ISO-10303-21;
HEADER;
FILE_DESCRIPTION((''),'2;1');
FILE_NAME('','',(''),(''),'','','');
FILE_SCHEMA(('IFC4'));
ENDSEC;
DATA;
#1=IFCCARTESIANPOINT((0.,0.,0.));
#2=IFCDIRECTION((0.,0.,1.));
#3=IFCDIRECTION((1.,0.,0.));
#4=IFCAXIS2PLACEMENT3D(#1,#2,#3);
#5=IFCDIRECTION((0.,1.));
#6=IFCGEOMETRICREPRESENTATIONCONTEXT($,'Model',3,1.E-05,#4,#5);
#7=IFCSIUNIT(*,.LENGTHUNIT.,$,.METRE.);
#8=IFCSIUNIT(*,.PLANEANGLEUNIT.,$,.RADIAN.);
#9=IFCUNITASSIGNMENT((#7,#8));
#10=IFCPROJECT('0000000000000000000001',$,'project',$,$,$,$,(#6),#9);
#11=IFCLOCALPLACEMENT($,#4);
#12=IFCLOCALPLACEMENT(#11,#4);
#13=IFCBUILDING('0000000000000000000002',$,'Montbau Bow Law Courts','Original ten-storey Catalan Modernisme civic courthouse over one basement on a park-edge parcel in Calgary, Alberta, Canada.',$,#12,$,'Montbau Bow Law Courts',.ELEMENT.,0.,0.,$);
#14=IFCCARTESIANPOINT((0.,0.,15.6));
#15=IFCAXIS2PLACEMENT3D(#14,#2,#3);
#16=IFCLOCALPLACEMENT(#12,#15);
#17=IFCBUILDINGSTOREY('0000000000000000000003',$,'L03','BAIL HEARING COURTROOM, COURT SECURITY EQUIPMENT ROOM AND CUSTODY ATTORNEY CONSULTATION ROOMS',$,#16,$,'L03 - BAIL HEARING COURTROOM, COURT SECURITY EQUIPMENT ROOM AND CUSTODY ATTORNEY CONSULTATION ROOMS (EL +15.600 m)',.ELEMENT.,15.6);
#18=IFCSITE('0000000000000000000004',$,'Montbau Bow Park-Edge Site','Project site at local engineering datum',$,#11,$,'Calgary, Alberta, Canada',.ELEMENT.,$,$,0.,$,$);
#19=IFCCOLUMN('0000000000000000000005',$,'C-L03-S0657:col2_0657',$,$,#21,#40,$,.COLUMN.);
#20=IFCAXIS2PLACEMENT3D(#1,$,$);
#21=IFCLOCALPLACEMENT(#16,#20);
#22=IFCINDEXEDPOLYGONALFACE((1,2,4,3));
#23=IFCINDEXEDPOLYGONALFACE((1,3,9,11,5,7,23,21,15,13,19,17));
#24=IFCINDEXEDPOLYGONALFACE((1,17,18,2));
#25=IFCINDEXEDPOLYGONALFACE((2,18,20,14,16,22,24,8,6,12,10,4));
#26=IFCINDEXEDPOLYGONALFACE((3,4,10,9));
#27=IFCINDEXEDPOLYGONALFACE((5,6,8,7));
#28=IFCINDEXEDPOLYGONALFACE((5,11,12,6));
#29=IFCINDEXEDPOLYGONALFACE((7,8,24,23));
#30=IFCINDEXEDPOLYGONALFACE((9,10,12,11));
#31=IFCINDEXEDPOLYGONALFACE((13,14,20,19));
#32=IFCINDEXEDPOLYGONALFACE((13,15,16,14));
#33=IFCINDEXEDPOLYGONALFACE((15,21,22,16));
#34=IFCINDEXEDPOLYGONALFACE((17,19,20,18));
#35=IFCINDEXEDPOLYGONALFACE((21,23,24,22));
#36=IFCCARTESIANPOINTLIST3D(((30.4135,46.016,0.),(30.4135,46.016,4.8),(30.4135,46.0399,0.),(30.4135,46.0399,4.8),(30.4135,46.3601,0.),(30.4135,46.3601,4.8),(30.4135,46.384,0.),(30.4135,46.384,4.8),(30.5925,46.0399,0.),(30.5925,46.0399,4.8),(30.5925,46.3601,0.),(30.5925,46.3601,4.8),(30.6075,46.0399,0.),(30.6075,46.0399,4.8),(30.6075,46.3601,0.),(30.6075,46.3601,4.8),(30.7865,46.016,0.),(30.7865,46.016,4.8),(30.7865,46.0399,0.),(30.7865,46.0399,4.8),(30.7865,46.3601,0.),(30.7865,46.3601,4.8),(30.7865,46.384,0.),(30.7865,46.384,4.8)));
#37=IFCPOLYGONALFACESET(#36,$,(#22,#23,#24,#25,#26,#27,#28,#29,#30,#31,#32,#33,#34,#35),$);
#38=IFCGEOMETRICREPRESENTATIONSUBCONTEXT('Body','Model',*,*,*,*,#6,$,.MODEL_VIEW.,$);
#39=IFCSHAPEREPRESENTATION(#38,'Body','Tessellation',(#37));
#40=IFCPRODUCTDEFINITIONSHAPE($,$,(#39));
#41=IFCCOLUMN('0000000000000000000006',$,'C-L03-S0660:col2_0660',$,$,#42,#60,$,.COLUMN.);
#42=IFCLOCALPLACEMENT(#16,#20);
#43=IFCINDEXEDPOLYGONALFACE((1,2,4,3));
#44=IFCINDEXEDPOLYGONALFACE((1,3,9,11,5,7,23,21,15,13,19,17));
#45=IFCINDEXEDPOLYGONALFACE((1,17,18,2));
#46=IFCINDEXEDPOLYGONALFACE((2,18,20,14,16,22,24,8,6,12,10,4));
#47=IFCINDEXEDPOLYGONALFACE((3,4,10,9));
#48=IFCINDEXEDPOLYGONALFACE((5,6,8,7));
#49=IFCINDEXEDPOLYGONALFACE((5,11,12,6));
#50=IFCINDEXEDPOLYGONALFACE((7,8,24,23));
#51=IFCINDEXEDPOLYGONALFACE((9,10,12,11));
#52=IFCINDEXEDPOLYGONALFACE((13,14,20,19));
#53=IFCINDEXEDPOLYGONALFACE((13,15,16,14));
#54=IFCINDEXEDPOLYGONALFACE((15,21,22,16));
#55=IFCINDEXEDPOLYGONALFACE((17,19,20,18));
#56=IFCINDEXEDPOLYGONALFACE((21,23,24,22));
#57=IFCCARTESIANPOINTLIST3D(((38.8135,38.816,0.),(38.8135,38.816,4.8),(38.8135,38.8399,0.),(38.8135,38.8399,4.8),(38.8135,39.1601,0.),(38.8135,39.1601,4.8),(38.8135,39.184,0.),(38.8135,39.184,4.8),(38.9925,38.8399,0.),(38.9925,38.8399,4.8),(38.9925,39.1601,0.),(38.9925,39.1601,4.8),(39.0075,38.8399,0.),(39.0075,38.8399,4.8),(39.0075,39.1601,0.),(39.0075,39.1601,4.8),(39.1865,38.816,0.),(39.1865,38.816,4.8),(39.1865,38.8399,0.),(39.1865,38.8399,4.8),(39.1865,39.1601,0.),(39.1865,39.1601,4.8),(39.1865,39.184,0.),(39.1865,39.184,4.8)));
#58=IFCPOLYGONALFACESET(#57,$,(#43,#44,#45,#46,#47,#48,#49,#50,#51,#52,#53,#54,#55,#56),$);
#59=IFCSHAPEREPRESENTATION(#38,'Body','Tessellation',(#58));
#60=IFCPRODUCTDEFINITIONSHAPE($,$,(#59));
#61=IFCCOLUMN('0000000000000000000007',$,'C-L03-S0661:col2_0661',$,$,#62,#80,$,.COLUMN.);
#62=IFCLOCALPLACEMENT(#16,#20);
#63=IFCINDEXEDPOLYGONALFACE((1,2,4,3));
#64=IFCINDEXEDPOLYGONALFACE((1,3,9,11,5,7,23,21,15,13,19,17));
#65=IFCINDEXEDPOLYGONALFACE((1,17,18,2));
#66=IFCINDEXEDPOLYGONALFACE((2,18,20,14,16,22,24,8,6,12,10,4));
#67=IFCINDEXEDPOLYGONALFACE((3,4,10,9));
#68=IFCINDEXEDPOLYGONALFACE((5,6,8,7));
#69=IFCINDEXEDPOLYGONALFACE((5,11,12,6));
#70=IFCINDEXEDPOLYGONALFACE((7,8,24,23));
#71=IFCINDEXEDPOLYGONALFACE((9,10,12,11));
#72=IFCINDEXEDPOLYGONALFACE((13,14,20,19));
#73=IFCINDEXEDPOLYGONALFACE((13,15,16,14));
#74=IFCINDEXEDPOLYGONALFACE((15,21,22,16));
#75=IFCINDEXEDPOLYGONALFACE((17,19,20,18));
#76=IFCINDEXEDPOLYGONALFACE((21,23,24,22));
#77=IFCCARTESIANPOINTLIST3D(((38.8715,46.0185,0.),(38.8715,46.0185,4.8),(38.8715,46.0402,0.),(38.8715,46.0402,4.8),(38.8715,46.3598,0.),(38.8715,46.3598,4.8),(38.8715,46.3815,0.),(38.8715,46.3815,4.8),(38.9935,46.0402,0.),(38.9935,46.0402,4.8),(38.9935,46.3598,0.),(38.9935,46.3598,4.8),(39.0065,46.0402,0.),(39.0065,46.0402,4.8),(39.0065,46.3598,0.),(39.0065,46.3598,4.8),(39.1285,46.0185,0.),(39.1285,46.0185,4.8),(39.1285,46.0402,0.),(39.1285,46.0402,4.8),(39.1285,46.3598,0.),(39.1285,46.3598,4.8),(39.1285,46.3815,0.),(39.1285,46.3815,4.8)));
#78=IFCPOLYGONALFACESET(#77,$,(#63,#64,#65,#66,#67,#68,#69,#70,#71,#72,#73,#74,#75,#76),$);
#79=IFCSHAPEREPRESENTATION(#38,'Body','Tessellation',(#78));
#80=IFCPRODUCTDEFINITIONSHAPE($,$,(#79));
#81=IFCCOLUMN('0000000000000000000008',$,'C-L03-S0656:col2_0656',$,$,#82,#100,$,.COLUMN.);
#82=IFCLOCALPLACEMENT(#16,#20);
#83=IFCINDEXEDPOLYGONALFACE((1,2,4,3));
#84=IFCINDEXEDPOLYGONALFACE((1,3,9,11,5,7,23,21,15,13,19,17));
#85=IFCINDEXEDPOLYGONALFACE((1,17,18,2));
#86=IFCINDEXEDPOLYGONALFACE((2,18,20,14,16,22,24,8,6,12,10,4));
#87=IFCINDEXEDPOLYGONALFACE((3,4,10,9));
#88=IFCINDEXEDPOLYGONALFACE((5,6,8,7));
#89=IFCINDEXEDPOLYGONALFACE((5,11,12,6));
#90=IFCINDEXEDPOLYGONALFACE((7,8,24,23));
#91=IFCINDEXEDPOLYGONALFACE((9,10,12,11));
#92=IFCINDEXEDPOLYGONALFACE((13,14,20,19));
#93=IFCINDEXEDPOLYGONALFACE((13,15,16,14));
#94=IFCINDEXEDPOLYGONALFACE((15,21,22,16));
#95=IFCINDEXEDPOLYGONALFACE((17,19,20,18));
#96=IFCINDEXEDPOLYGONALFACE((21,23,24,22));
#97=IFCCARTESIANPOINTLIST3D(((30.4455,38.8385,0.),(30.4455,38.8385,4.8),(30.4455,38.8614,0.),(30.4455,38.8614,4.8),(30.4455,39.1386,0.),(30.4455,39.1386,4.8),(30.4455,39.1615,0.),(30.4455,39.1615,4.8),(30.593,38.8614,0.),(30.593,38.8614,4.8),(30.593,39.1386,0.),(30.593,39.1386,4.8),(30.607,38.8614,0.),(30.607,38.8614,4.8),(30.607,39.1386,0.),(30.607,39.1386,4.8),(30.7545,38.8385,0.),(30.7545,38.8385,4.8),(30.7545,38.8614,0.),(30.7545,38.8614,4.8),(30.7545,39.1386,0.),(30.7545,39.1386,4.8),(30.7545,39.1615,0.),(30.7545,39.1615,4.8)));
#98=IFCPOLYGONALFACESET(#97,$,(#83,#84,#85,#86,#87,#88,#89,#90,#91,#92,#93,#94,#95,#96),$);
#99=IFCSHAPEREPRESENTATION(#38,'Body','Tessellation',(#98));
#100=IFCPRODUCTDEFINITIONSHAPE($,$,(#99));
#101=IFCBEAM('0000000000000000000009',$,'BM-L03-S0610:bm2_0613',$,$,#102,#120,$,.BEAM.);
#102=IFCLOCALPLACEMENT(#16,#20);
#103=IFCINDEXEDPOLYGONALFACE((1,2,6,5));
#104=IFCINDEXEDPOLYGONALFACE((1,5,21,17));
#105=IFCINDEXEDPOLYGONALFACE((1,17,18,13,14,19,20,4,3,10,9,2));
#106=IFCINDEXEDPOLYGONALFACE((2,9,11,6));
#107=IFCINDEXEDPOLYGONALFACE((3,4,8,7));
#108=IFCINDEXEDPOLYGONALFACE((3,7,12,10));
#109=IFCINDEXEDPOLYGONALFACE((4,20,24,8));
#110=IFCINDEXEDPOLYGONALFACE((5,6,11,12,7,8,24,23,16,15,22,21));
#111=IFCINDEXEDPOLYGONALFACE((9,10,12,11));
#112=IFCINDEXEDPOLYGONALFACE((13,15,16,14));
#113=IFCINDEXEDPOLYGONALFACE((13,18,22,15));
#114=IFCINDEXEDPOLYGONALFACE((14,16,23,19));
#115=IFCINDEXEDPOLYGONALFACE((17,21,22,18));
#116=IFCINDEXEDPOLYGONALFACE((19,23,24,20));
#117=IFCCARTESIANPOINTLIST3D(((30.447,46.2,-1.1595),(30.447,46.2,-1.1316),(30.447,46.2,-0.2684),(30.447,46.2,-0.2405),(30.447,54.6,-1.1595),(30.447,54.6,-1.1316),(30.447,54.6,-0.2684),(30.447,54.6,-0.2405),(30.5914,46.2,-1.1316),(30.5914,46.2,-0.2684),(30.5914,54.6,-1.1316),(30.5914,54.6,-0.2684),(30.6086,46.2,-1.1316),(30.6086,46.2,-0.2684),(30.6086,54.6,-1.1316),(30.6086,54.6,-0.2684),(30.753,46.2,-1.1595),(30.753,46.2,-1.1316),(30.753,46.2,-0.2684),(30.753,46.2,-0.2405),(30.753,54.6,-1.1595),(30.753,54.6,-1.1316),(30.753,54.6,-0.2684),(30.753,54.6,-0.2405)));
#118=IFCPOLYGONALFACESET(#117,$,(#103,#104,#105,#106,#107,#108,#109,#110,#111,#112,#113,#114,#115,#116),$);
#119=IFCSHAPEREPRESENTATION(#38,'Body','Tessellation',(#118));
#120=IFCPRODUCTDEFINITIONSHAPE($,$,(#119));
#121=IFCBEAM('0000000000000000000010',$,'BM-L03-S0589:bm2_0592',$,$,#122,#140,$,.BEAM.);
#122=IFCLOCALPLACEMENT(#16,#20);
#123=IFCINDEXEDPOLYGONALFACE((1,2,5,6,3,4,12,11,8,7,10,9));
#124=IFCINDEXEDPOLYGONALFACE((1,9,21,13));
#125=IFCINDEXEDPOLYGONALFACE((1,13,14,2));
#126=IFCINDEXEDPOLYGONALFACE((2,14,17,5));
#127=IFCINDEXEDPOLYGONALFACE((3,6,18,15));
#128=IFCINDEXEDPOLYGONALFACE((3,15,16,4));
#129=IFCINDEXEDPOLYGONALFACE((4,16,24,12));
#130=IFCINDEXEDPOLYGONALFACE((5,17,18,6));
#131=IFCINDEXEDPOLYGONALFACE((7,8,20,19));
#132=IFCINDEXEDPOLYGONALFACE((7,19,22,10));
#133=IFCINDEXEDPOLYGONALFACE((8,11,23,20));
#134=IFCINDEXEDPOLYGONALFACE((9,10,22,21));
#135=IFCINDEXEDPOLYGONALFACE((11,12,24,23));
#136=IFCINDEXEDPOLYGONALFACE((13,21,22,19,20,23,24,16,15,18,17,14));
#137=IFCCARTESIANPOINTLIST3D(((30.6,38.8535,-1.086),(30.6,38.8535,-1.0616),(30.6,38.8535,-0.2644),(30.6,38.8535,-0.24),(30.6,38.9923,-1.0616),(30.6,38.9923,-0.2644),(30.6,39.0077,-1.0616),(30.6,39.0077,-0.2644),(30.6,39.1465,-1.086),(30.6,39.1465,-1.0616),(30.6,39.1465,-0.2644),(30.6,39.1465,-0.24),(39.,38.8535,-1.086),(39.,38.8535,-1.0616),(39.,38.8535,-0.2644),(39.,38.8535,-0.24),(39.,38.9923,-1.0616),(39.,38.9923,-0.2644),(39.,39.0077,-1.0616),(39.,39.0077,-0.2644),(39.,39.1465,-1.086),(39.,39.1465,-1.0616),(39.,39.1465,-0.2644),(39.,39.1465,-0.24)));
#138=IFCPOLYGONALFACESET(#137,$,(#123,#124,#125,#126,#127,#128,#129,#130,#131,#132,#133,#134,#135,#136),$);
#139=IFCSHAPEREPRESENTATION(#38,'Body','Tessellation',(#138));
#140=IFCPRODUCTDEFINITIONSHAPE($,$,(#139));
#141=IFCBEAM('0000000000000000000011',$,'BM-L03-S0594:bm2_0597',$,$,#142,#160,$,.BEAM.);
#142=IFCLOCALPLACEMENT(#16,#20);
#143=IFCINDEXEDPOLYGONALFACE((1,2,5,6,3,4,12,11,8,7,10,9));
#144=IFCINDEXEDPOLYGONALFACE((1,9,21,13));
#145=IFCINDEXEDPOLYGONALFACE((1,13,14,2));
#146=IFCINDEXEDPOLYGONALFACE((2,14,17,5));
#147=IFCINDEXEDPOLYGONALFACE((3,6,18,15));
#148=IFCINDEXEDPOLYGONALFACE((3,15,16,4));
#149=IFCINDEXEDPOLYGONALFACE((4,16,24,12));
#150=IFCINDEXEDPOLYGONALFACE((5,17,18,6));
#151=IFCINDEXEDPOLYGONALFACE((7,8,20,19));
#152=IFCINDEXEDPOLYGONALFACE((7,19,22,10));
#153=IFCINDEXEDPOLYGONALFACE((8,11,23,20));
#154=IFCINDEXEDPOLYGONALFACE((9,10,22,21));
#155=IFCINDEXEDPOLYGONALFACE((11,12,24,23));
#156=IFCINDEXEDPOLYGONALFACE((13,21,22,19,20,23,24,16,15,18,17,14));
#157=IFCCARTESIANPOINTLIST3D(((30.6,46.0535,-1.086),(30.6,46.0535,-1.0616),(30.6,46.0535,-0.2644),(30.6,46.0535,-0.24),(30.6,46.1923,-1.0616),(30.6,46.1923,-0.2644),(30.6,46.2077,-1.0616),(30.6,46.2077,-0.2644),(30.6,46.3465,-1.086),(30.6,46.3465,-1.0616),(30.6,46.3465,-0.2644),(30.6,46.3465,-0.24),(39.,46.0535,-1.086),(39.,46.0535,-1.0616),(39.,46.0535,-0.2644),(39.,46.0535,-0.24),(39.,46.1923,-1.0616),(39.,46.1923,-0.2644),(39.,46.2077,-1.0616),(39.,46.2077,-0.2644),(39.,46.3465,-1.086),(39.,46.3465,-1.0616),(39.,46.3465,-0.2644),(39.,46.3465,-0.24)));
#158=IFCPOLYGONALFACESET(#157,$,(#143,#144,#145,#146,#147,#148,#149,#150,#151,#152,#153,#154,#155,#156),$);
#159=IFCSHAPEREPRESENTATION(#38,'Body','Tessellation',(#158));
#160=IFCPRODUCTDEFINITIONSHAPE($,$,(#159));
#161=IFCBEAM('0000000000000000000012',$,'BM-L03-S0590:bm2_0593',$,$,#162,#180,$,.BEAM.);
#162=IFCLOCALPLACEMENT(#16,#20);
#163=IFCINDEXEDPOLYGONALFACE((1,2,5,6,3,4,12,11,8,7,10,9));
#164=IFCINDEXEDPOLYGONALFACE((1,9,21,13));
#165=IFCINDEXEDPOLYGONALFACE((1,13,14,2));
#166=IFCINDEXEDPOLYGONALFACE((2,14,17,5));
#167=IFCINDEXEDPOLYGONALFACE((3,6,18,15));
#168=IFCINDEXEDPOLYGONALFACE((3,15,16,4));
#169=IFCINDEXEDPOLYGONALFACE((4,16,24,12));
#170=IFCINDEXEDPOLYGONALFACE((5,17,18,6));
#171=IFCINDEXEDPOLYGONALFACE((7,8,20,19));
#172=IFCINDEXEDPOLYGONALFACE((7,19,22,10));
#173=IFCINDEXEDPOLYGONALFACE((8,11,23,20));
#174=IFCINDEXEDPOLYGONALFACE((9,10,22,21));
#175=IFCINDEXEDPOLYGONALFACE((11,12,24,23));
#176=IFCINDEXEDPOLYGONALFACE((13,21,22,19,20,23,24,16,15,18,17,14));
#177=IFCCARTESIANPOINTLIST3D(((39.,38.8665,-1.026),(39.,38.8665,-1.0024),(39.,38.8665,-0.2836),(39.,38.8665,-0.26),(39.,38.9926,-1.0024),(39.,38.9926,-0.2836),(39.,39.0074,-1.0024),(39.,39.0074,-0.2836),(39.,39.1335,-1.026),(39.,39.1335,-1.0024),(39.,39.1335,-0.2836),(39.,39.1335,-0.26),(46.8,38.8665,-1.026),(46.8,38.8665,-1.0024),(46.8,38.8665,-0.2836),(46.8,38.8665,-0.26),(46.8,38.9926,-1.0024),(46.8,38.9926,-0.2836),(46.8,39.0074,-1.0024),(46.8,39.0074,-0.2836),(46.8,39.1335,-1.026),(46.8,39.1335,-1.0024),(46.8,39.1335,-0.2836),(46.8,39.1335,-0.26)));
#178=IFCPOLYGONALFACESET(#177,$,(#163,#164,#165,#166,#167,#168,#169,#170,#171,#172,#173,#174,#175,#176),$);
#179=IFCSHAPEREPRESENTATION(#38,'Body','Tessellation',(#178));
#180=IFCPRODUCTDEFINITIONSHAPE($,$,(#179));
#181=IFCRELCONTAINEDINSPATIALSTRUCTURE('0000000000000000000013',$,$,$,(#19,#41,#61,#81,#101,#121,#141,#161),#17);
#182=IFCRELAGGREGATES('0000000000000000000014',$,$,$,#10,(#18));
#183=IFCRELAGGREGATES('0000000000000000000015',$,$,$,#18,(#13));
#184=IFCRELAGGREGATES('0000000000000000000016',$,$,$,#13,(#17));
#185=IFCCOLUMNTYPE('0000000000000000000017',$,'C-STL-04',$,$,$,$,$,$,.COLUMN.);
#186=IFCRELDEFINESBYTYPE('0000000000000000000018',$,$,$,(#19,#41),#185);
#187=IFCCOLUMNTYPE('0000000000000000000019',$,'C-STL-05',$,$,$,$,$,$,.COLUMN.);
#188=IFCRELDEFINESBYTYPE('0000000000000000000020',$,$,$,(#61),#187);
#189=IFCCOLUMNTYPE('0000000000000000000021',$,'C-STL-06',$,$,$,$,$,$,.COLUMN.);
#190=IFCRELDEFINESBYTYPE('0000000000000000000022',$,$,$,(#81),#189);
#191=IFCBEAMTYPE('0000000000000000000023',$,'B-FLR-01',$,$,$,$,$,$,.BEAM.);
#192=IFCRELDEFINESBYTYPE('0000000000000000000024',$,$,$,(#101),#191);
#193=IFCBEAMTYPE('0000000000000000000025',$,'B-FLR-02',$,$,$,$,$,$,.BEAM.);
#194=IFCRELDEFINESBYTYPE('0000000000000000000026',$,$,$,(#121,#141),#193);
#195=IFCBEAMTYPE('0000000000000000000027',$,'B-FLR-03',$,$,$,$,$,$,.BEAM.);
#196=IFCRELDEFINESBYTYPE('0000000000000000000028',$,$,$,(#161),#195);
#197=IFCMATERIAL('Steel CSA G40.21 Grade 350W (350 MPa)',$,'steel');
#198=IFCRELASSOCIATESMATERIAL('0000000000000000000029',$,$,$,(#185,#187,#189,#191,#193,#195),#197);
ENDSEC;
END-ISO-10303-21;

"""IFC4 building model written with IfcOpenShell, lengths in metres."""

from ifc_helpers import new_model, si_unit, direction, frame, origin_with_axes, origin_2d_with_axis, place, context, subcontext, project, spatial, i_section, extrude, material, material_profile, profile_set, type_object, element, save


model = new_model("IFC4")

# Units and contexts
model_context = context("Model", 3, precision=1e-05, world=origin_with_axes(), true_north=direction((0.0, 1.0)))
body_context = subcontext(model_context, "Body", "Model", "MODEL_VIEW")
ifc_project = project(units=[si_unit("LENGTHUNIT", "METRE"), si_unit("PLANEANGLEUNIT", "RADIAN")], contexts=[model_context])

# Site, building, storey
site_placement = place(None, origin_with_axes())
site = spatial("IfcSite", under=ifc_project, at=site_placement, Name="Montbau Bow Park-Edge Site", Description="Project site at local engineering datum", LongName="Calgary, Alberta, Canada", CompositionType="ELEMENT", RefElevation=0.0)
building_placement = place(site_placement, origin_with_axes())
building = spatial("IfcBuilding", under=site, at=building_placement, Name="Montbau Bow Law Courts", Description="Original ten-storey Catalan Modernisme civic courthouse over one basement on a park-edge parcel in Calgary, Alberta, Canada.", LongName="Montbau Bow Law Courts", CompositionType="ELEMENT", ElevationOfRefHeight=0.0, ElevationOfTerrain=0.0)
storey_placement = place(building_placement, frame((0.0, 0.0, 15.6), z_axis=(0.0, 0.0, 1.0), x_axis=(1.0, 0.0, 0.0)))
storey = spatial("IfcBuildingStorey", under=building, at=storey_placement, Name="L03", Description="BAIL HEARING COURTROOM, COURT SECURITY EQUIPMENT ROOM AND CUSTODY ATTORNEY CONSULTATION ROOMS", LongName="L03 - BAIL HEARING COURTROOM, COURT SECURITY EQUIPMENT ROOM AND CUSTODY ATTORNEY CONSULTATION ROOMS (EL +15.600 m)", CompositionType="ELEMENT", Elevation=15.6)

# Columns
ifc_material_1 = material(Name="Steel CSA G40.21 Grade 350W (350 MPa)", Category="steel")
ifc_material_profile_1 = material_profile(ifc_material_1, i_section(OverallWidth=0.373, OverallDepth=0.368, WebThickness=0.015, FlangeThickness=0.0239, at=origin_2d_with_axis()), Name="W360X179", Category="Main", Priority=0)
ifc_profile_set_1 = profile_set([ifc_material_profile_1], Name="Steel CSA G40.21 Grade 350W (350 MPa)")
column_type_1 = type_object("IfcColumnType", Name="C-STL-04", PredefinedType="COLUMN", material=ifc_profile_set_1)
for number, where, z_axis, x_axis, name in (
    (1, (30.6, 46.2, 15.6), (0.0, 0.0, 1.0), (1.0, 0.0, 0.0), "C-L03-S0657:col2_0657"),
    (2, (39.0, 39.0, 15.6), (0.0, 0.0, 1.0), (1.0, 0.0, 0.0), "C-L03-S0660:col2_0660"),
):
    element("IfcColumn", number, at=place(None, frame(where, z_axis=z_axis, x_axis=x_axis)), inside=storey, type_object=column_type_1, Name=name, PredefinedType="COLUMN", context=body_context, shape_type="SweptSolid", body=[
        extrude(i_section(OverallWidth=0.373, OverallDepth=0.368, WebThickness=0.015, FlangeThickness=0.0239, at=origin_2d_with_axis()), origin_with_axes(), (0.0, 0.0, 1.0), 4.8),
    ])
ifc_material_profile_2 = material_profile(ifc_material_1, i_section(OverallWidth=0.257, OverallDepth=0.363, WebThickness=0.013, FlangeThickness=0.0217, at=origin_2d_with_axis()), Name="W360X122", Category="Main", Priority=0)
ifc_profile_set_2 = profile_set([ifc_material_profile_2], Name="Steel CSA G40.21 Grade 350W (350 MPa)")
column_type_2 = type_object("IfcColumnType", Name="C-STL-05", PredefinedType="COLUMN", material=ifc_profile_set_2)
column_1_placement = place(None, frame((39.0, 46.2, 15.6), z_axis=(0.0, 0.0, 1.0), x_axis=(1.0, 0.0, 0.0)))
element("IfcColumn", 3, at=column_1_placement, inside=storey, type_object=column_type_2, Name="C-L03-S0661:col2_0661", PredefinedType="COLUMN", context=body_context, shape_type="SweptSolid", body=[
    extrude(i_section(OverallWidth=0.257, OverallDepth=0.363, WebThickness=0.013, FlangeThickness=0.0217, at=origin_2d_with_axis()), origin_with_axes(), (0.0, 0.0, 1.0), 4.8),
])
ifc_material_profile_3 = material_profile(ifc_material_1, i_section(OverallWidth=0.309, OverallDepth=0.323, WebThickness=0.014, FlangeThickness=0.0229, at=origin_2d_with_axis()), Name="W310X143", Category="Main", Priority=0)
ifc_profile_set_3 = profile_set([ifc_material_profile_3], Name="Steel CSA G40.21 Grade 350W (350 MPa)")
column_type_3 = type_object("IfcColumnType", Name="C-STL-06", PredefinedType="COLUMN", material=ifc_profile_set_3)
column_2_placement = place(None, frame((30.6, 39.0, 15.6), z_axis=(0.0, 0.0, 1.0), x_axis=(1.0, 0.0, 0.0)))
element("IfcColumn", 4, at=column_2_placement, inside=storey, type_object=column_type_3, Name="C-L03-S0656:col2_0656", PredefinedType="COLUMN", context=body_context, shape_type="SweptSolid", body=[
    extrude(i_section(OverallWidth=0.309, OverallDepth=0.323, WebThickness=0.014, FlangeThickness=0.0229, at=origin_2d_with_axis()), origin_with_axes(), (0.0, 0.0, 1.0), 4.8),
])

# Beams
ifc_material_profile_4 = material_profile(ifc_material_1, i_section(OverallWidth=0.306, OverallDepth=0.919, WebThickness=0.0173, FlangeThickness=0.0279, at=origin_2d_with_axis()), Name="W920X253", Category="Main", Priority=0)
ifc_profile_set_4 = profile_set([ifc_material_profile_4], Name="Steel CSA G40.21 Grade 350W (350 MPa)")
beam_type_1 = type_object("IfcBeamType", Name="B-FLR-01", PredefinedType="BEAM", material=ifc_profile_set_4)
beam_1_placement = place(None, frame((30.6, 46.2, 14.9), z_axis=(0.0, 1.0, 0.0), x_axis=(-1.0, 0.0, 0.0)))
element("IfcBeam", 5, at=beam_1_placement, inside=storey, type_object=beam_type_1, Name="BM-L03-S0610:bm2_0613", PredefinedType="BEAM", context=body_context, shape_type="SweptSolid", body=[
    extrude(i_section(OverallWidth=0.306, OverallDepth=0.919, WebThickness=0.0173, FlangeThickness=0.0279, at=origin_2d_with_axis()), origin_with_axes(), (0.0, 0.0, 1.0), 8.4),
])
ifc_material_profile_5 = material_profile(ifc_material_1, i_section(OverallWidth=0.293, OverallDepth=0.846, WebThickness=0.0154, FlangeThickness=0.0244, at=origin_2d_with_axis()), Name="W840X210", Category="Main", Priority=0)
ifc_profile_set_5 = profile_set([ifc_material_profile_5], Name="Steel CSA G40.21 Grade 350W (350 MPa)")
beam_type_2 = type_object("IfcBeamType", Name="B-FLR-02", PredefinedType="BEAM", material=ifc_profile_set_5)
for number, where, z_axis, x_axis, name in (
    (6, (30.6, 39.0, 14.937), (1.0, 0.0, 0.0), (0.0, 1.0, 0.0), "BM-L03-S0589:bm2_0592"),
    (7, (30.6, 46.2, 14.937), (1.0, 0.0, 0.0), (0.0, 1.0, 0.0), "BM-L03-S0594:bm2_0597"),
):
    element("IfcBeam", number, at=place(None, frame(where, z_axis=z_axis, x_axis=x_axis)), inside=storey, type_object=beam_type_2, Name=name, PredefinedType="BEAM", context=body_context, shape_type="SweptSolid", body=[
        extrude(i_section(OverallWidth=0.293, OverallDepth=0.846, WebThickness=0.0154, FlangeThickness=0.0244, at=origin_2d_with_axis()), origin_with_axes(), (0.0, 0.0, 1.0), 8.4),
    ])
ifc_material_profile_6 = material_profile(ifc_material_1, i_section(OverallWidth=0.267, OverallDepth=0.766, WebThickness=0.0149, FlangeThickness=0.0236, at=origin_2d_with_axis()), Name="W760X185", Category="Main", Priority=0)
ifc_profile_set_6 = profile_set([ifc_material_profile_6], Name="Steel CSA G40.21 Grade 350W (350 MPa)")
beam_type_3 = type_object("IfcBeamType", Name="B-FLR-03", PredefinedType="BEAM", material=ifc_profile_set_6)
for number, where, z_axis, x_axis, name in (
    (8, (39.0, 39.0, 14.957), (1.0, 0.0, 0.0), (0.0, 1.0, 0.0), "BM-L03-S0590:bm2_0593"),
):
    element("IfcBeam", number, at=place(None, frame(where, z_axis=z_axis, x_axis=x_axis)), inside=storey, type_object=beam_type_3, Name=name, PredefinedType="BEAM", context=body_context, shape_type="SweptSolid", body=[
        extrude(i_section(OverallWidth=0.267, OverallDepth=0.766, WebThickness=0.0149, FlangeThickness=0.0236, at=origin_2d_with_axis()), origin_with_axes(), (0.0, 0.0, 1.0), 7.8),
    ])

save(model, "model.ifc")
